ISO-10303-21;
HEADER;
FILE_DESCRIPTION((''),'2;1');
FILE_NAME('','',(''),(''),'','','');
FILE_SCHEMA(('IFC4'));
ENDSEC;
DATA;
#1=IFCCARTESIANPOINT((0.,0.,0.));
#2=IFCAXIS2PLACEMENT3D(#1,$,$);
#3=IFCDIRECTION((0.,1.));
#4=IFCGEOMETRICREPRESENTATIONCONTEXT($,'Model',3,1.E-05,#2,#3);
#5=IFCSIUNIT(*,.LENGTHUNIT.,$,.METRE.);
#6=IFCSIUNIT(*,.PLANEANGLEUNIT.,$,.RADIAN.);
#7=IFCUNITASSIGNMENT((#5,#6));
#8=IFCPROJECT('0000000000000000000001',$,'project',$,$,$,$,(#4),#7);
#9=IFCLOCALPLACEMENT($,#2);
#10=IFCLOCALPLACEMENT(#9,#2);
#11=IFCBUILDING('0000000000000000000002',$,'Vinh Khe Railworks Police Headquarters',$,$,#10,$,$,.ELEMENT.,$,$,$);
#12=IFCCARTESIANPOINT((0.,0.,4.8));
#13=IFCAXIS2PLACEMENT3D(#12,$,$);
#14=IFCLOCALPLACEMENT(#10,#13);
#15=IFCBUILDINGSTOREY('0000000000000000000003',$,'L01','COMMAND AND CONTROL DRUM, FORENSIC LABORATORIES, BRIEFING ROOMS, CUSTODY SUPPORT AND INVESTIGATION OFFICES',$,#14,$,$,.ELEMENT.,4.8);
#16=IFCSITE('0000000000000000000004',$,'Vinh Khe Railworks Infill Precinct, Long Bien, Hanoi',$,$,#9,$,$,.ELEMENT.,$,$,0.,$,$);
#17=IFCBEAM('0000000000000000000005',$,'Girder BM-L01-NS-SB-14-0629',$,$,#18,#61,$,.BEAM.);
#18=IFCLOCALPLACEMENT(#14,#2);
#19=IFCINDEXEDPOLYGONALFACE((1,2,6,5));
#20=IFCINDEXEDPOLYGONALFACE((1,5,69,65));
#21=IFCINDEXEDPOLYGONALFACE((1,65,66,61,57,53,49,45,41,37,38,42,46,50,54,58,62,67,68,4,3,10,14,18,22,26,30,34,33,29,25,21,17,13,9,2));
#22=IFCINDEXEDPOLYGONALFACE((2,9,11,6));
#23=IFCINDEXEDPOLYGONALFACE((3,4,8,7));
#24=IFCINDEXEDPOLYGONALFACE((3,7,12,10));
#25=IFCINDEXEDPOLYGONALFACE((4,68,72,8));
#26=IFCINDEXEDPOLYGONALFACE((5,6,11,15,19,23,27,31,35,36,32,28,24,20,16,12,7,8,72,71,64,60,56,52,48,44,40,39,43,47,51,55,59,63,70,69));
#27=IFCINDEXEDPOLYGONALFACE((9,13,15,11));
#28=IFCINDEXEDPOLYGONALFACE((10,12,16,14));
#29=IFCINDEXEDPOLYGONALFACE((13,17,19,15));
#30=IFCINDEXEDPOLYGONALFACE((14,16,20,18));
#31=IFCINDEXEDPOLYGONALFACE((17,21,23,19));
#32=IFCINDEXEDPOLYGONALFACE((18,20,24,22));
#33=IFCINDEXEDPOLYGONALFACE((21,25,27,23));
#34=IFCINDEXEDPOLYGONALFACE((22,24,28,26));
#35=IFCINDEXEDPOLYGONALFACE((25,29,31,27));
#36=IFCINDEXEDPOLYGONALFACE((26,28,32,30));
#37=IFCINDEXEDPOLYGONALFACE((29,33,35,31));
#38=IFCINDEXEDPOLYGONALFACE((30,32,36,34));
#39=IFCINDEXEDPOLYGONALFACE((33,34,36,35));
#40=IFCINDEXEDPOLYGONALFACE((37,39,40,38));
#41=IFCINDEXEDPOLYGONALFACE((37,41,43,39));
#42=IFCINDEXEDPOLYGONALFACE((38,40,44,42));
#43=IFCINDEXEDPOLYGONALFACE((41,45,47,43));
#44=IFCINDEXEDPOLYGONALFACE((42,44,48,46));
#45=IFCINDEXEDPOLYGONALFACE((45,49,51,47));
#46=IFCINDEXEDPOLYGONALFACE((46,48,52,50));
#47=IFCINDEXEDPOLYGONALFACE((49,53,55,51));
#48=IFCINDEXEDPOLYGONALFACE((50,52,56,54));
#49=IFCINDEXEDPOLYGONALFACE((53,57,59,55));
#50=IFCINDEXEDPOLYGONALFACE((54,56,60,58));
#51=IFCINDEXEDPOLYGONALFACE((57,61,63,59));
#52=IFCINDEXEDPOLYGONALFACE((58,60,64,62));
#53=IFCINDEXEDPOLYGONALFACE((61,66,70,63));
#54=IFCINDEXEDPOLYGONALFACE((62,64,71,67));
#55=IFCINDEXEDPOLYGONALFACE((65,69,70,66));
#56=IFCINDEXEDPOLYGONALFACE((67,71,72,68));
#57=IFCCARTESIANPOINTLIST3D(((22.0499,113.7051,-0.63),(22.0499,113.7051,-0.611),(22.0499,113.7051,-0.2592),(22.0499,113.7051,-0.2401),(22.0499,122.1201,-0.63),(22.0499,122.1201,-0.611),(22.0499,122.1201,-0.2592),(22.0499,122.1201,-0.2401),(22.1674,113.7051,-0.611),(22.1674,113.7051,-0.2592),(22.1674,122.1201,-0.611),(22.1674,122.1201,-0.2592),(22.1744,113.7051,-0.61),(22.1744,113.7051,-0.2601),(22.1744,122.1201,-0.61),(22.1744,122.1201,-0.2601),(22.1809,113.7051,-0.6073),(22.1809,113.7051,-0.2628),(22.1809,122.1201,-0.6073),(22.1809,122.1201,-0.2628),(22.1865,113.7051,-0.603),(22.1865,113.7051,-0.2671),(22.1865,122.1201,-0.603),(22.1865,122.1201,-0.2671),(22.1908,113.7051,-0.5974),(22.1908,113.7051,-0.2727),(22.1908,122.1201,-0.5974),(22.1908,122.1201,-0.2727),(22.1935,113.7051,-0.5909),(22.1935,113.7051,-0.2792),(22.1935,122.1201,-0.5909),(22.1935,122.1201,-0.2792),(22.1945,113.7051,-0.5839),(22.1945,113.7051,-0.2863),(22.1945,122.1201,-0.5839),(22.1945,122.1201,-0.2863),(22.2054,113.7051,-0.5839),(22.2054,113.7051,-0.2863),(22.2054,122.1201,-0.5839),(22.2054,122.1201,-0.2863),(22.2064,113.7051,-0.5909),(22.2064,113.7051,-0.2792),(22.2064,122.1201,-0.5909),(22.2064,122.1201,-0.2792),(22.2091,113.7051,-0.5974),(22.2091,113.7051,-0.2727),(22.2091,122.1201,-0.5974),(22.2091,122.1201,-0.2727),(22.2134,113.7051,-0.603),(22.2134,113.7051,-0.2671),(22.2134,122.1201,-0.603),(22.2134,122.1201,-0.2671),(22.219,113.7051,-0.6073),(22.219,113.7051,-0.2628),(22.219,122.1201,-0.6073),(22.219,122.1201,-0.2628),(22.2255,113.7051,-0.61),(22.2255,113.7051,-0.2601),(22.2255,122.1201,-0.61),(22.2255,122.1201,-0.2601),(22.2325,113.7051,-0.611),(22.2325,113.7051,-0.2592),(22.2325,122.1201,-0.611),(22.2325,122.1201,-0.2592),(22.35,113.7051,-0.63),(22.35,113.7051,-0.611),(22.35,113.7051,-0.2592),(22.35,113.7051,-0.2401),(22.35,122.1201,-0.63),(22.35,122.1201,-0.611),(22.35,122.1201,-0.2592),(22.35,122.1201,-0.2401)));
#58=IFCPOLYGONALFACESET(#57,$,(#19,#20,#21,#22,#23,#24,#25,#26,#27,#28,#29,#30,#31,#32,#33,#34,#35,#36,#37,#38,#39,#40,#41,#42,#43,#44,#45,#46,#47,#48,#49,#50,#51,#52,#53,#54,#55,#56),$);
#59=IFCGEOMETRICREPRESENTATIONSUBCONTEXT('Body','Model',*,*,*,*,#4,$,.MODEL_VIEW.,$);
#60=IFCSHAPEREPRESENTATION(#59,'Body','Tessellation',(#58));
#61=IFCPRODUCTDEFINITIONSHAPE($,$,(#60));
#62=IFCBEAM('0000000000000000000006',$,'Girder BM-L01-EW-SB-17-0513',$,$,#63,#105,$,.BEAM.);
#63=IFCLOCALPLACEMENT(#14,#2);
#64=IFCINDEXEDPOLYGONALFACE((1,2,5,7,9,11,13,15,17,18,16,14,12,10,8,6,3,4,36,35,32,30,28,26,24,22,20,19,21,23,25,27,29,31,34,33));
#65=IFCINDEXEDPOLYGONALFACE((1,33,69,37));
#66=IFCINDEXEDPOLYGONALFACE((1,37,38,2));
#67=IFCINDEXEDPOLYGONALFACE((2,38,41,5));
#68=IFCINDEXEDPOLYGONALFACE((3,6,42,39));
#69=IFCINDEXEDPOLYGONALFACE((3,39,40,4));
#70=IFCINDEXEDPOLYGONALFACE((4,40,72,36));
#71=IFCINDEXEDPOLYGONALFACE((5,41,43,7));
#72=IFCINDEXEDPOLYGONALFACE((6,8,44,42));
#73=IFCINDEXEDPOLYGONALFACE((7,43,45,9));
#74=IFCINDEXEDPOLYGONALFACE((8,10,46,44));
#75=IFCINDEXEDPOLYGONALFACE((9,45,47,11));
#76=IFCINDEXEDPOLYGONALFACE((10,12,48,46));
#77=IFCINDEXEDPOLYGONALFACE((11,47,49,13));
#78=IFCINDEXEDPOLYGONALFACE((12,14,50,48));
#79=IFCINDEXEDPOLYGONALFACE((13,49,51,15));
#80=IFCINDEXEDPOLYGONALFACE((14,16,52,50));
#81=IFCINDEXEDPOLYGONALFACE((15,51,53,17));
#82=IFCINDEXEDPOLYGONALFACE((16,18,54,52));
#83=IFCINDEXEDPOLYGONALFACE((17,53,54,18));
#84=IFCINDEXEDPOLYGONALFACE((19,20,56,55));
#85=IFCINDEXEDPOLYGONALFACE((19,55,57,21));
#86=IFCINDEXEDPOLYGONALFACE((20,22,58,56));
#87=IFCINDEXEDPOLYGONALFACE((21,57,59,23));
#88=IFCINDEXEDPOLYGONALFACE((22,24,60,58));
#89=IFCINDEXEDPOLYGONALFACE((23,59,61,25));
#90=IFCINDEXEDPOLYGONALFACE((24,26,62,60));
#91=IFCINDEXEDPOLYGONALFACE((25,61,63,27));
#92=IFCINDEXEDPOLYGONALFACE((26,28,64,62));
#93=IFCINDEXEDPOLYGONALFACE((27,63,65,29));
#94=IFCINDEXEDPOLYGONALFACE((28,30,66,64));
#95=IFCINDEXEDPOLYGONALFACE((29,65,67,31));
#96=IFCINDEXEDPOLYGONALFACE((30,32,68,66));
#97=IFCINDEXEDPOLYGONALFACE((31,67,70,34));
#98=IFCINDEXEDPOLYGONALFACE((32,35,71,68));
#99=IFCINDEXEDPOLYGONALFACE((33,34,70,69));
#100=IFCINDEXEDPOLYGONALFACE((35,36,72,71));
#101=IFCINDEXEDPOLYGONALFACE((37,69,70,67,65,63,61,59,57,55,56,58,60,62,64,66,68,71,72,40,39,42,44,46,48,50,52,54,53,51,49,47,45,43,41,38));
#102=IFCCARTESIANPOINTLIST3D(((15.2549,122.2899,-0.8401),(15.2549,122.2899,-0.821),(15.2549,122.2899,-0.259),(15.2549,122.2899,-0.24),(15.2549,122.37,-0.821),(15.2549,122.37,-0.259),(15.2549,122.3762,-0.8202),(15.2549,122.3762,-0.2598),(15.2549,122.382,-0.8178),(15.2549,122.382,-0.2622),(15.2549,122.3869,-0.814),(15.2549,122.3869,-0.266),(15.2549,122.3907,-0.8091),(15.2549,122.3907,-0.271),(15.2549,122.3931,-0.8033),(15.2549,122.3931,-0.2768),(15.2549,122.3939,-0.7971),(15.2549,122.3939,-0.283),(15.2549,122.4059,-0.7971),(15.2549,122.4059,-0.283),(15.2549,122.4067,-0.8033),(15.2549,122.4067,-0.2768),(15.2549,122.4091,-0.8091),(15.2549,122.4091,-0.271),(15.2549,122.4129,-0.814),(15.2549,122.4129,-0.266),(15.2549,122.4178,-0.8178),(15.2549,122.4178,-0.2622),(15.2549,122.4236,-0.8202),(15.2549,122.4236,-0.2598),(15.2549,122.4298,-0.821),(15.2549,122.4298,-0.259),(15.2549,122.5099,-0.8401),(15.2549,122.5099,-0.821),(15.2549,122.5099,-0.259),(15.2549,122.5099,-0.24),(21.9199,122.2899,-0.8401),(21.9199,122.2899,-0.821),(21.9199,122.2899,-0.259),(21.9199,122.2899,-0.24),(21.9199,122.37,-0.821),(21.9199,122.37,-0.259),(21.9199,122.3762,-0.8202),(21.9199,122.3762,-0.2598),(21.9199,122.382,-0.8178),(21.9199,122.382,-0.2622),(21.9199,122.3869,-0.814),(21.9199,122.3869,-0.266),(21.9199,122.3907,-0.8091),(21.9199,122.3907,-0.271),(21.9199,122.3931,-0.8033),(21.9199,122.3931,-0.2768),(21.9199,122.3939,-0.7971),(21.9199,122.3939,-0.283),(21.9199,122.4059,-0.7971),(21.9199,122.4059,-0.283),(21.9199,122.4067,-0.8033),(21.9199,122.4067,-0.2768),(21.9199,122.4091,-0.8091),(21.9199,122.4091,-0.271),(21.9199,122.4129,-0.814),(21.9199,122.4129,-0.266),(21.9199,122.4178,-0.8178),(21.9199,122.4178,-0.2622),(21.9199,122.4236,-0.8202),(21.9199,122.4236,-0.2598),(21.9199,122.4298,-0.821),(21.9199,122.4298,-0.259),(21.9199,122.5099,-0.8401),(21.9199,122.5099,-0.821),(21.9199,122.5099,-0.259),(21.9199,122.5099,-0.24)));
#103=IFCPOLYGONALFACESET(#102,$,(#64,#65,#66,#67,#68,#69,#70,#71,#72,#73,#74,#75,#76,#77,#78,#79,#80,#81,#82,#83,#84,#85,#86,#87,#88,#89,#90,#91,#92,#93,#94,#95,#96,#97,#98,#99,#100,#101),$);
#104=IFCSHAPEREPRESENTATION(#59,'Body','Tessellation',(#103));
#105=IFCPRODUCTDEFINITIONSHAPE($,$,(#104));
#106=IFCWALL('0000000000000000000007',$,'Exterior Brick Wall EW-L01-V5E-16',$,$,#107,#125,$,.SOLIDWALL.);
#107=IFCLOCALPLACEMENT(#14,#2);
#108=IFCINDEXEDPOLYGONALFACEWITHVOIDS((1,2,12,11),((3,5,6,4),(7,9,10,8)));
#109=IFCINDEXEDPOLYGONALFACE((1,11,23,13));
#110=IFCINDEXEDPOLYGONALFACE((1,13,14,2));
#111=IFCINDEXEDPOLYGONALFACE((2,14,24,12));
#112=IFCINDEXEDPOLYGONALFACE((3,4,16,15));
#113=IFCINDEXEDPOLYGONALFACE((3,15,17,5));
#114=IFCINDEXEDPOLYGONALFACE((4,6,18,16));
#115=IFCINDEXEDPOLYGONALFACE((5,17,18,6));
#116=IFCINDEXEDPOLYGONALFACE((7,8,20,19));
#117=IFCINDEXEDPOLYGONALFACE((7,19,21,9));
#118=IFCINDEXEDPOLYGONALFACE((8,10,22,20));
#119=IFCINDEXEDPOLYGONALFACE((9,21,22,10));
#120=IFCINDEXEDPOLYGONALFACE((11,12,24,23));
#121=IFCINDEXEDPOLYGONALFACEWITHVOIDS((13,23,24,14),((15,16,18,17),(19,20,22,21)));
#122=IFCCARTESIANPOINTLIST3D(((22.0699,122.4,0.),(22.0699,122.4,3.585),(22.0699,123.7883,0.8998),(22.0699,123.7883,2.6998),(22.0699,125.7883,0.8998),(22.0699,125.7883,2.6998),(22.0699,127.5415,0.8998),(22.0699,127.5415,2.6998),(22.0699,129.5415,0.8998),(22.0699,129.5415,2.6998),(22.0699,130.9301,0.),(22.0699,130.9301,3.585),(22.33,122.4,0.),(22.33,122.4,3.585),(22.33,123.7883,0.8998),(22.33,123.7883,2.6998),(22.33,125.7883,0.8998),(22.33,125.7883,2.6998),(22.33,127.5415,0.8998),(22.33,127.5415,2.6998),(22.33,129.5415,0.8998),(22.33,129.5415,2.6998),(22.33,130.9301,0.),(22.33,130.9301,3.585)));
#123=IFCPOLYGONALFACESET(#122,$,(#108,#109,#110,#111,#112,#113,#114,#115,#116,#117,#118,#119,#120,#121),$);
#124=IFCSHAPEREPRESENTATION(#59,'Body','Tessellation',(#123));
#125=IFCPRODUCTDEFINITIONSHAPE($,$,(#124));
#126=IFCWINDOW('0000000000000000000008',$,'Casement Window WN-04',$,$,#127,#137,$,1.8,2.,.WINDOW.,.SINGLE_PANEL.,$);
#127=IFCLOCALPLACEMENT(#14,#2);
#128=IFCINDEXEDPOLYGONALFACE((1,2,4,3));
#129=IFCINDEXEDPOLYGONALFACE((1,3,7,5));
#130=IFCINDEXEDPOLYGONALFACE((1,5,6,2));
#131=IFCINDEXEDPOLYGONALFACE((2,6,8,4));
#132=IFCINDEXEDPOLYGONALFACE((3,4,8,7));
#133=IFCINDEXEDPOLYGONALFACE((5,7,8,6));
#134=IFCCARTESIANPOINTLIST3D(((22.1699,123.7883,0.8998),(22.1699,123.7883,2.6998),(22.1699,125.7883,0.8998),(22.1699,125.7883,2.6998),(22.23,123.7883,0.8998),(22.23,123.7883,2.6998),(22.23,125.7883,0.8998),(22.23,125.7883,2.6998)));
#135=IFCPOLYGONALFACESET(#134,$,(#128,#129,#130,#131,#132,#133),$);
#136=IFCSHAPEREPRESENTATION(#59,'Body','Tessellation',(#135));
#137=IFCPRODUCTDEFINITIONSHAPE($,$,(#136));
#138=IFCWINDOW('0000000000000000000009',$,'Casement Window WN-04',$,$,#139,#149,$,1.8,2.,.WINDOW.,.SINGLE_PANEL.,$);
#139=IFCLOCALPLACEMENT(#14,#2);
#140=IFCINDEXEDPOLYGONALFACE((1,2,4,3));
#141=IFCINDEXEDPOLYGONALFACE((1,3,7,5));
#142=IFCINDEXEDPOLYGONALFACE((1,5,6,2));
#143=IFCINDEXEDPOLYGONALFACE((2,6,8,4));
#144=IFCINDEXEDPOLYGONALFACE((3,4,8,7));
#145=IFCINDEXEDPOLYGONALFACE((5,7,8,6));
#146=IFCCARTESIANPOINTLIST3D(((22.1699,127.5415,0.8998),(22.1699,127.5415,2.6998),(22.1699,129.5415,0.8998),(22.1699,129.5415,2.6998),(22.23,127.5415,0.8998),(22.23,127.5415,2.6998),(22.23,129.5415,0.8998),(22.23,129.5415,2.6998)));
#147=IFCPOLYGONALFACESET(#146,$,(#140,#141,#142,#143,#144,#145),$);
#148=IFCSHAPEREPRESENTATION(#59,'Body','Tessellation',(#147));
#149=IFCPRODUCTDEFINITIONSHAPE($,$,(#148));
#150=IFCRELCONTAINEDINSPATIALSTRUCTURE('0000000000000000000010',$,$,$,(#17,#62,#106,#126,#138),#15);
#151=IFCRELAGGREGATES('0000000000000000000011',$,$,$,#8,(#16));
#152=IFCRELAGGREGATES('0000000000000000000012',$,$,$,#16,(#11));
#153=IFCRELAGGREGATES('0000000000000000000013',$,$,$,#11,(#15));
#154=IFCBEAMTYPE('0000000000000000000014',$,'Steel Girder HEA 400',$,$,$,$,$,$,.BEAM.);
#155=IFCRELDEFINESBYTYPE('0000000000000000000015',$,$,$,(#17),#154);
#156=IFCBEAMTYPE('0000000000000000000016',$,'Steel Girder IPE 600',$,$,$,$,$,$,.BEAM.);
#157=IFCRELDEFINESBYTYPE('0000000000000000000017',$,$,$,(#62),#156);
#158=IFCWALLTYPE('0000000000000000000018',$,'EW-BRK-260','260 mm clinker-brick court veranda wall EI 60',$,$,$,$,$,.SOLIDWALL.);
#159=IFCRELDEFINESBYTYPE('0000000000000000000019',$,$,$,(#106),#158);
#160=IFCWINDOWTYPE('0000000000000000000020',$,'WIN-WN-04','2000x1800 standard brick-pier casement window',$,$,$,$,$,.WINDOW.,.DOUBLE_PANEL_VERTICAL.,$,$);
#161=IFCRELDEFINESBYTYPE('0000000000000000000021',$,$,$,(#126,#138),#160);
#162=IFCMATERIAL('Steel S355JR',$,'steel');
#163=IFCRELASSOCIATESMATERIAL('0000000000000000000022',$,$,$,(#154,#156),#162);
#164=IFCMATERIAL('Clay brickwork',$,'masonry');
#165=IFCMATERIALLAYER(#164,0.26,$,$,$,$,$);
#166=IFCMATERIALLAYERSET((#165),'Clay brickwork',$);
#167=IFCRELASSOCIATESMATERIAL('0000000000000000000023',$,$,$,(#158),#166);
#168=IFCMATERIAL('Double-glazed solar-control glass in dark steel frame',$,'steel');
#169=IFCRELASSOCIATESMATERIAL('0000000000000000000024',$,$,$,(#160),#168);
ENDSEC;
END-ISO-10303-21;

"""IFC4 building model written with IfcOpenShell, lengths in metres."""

from ifc_helpers import new_model, si_unit, direction, frame, frame_2d, origin, origin_2d, place, context, subcontext, project, spatial, rectangle, i_section, extrude, material, layer, layer_set, material_profile, profile_set, type_object, element, fill, save


model = new_model("IFC4")

# Units and contexts
model_context = context("Model", 3, precision=1e-05, world=origin(), true_north=direction((0.0, 1.0)))
body_context = subcontext(model_context, "Body", "Model", "MODEL_VIEW")
ifc_project = project(units=[si_unit("LENGTHUNIT", "METRE"), si_unit("PLANEANGLEUNIT", "RADIAN")], contexts=[model_context])

# Site, building, storey
site_placement = place(None, origin())
site = spatial("IfcSite", under=ifc_project, at=site_placement, Name="Vinh Khe Railworks Infill Precinct, Long Bien, Hanoi", CompositionType="ELEMENT", RefElevation=0.0)
building_placement = place(site_placement, origin())
building = spatial("IfcBuilding", under=site, at=building_placement, Name="Vinh Khe Railworks Police Headquarters", CompositionType="ELEMENT")
storey_placement = place(building_placement, frame((0.0, 0.0, 4.8)))
storey = spatial("IfcBuildingStorey", under=building, at=storey_placement, Name="L01", Description="COMMAND AND CONTROL DRUM, FORENSIC LABORATORIES, BRIEFING ROOMS, CUSTODY SUPPORT AND INVESTIGATION OFFICES", CompositionType="ELEMENT", Elevation=4.8)

# Beams
ifc_material_1 = material(Name="Steel S355JR", Category="steel")
ifc_material_profile_1 = material_profile(ifc_material_1, i_section(OverallWidth=0.3, OverallDepth=0.3899, WebThickness=0.011, FlangeThickness=0.019, FilletRadius=0.0271, at=origin_2d()), Name="HEA 400")
ifc_profile_set_1 = profile_set([ifc_material_profile_1], Name="Steel S355JR")
beam_type_1 = type_object("IfcBeamType", Name="Steel Girder HEA 400", PredefinedType="BEAM", material=ifc_profile_set_1)
beam_1_placement = place(storey_placement, frame((22.2, 113.7051, -0.4351), z_axis=(0.0, 1.0, 0.0), x_axis=(-1.0, 0.0, 0.0)))
element("IfcBeam", 1, at=beam_1_placement, inside=storey, type_object=beam_type_1, Name="Girder BM-L01-NS-SB-14-0629", PredefinedType="BEAM", context=body_context, shape_type="SweptSolid", body=[
    extrude(i_section(OverallWidth=0.3, OverallDepth=0.3899, WebThickness=0.011, FlangeThickness=0.019, FilletRadius=0.0271, at=origin_2d()), origin(), (0.0, 0.0, 1.0), 8.415),
])
ifc_material_profile_2 = material_profile(ifc_material_1, i_section(OverallWidth=0.22, OverallDepth=0.6001, WebThickness=0.012, FlangeThickness=0.019, FilletRadius=0.0239, at=origin_2d()), Name="IPE 600")
ifc_profile_set_2 = profile_set([ifc_material_profile_2], Name="Steel S355JR")
beam_type_2 = type_object("IfcBeamType", Name="Steel Girder IPE 600", PredefinedType="BEAM", material=ifc_profile_set_2)
beam_2_placement = place(storey_placement, frame((15.2549, 122.3999, -0.54), z_axis=(1.0, 0.0, 0.0), x_axis=(0.0, 1.0, 0.0)))
element("IfcBeam", 2, at=beam_2_placement, inside=storey, type_object=beam_type_2, Name="Girder BM-L01-EW-SB-17-0513", PredefinedType="BEAM", context=body_context, shape_type="SweptSolid", body=[
    extrude(i_section(OverallWidth=0.22, OverallDepth=0.6001, WebThickness=0.012, FlangeThickness=0.019, FilletRadius=0.0239, at=origin_2d()), origin(), (0.0, 0.0, 1.0), 6.665),
])

# Wall, openings, windows
ifc_material_2 = material(Name="Clay brickwork", Category="masonry")
ifc_layer_1 = layer(ifc_material_2, 0.26)
ifc_layer_set_1 = layer_set([ifc_layer_1], Name="Clay brickwork")
wall_type_1 = type_object("IfcWallType", Name="EW-BRK-260", Description="260 mm clinker-brick court veranda wall EI 60", PredefinedType="SOLIDWALL", material=ifc_layer_set_1)
wall_1_placement = place(storey_placement, frame((22.2, 122.3999, 0.0), z_axis=(0.0, 0.0, 1.0), x_axis=(0.0, 1.0, 0.0)))
wall_1 = element("IfcWall", 3, at=wall_1_placement, inside=storey, type_object=wall_type_1, Name="Exterior Brick Wall EW-L01-V5E-16", PredefinedType="SOLIDWALL", context=body_context, shape_type="SweptSolid", body=[
    extrude(rectangle(XDim=8.53, YDim=0.26, at=frame_2d((4.2651, 0.0))), origin(), (0.0, 0.0, 1.0), 3.585),
])
opening_1_placement = place(wall_1_placement, frame((1.3884, 0.0, 0.8999)))
opening_1 = element("IfcOpeningElement", 4, at=opening_1_placement, cuts=wall_1, PredefinedType="OPENING", context=body_context, shape_type="SweptSolid", body=[
    extrude(rectangle(XDim=2.0, YDim=1.8, at=frame_2d((1.0, 0.8999))), frame((0.0, 0.145, 0.0), z_axis=(0.0, -1.0, 0.0), x_axis=(1.0, 0.0, 0.0)), (0.0, 0.0, 1.0), 0.2898),
])
opening_2_placement = place(wall_1_placement, frame((5.1416, 0.0, 0.8999)))
opening_2 = element("IfcOpeningElement", 5, at=opening_2_placement, cuts=wall_1, PredefinedType="OPENING", context=body_context, shape_type="SweptSolid", body=[
    extrude(rectangle(XDim=2.0, YDim=1.8, at=frame_2d((1.0, 0.8999))), frame((0.0, 0.145, 0.0), z_axis=(0.0, -1.0, 0.0), x_axis=(1.0, 0.0, 0.0)), (0.0, 0.0, 1.0), 0.2898),
])
ifc_material_3 = material(Name="Double-glazed solar-control glass in dark steel frame", Category="steel")
window_type_1 = type_object("IfcWindowType", Name="WIN-WN-04", Description="2000x1800 standard brick-pier casement window", PartitioningType="DOUBLE_PANEL_VERTICAL", PredefinedType="WINDOW", material=ifc_material_3)
window_1_placement = place(opening_1_placement, origin())
window_1 = element("IfcWindow", 6, at=window_1_placement, inside=storey, type_object=window_type_1, Name="Casement Window WN-04", OverallHeight=1.8, OverallWidth=2.0, PartitioningType="SINGLE_PANEL", PredefinedType="WINDOW", context=body_context, shape_type="SweptSolid", body=[
    extrude(rectangle(XDim=2.0, YDim=1.8, at=frame_2d((1.0, 0.8999))), frame((0.0, 0.03, 0.0), z_axis=(0.0, -1.0, 0.0), x_axis=(1.0, 0.0, 0.0)), (0.0, 0.0, 1.0), 0.0601),
])
fill(opening_1, window_1)
window_2_placement = place(opening_2_placement, origin())
window_2 = element("IfcWindow", 7, at=window_2_placement, inside=storey, type_object=window_type_1, Name="Casement Window WN-04", OverallHeight=1.8, OverallWidth=2.0, PartitioningType="SINGLE_PANEL", PredefinedType="WINDOW", context=body_context, shape_type="SweptSolid", body=[
    extrude(rectangle(XDim=2.0, YDim=1.8, at=frame_2d((1.0, 0.8999))), frame((0.0, 0.03, 0.0), z_axis=(0.0, -1.0, 0.0), x_axis=(1.0, 0.0, 0.0)), (0.0, 0.0, 1.0), 0.0601),
])
fill(opening_2, window_2)

save(model, "model.ifc")
